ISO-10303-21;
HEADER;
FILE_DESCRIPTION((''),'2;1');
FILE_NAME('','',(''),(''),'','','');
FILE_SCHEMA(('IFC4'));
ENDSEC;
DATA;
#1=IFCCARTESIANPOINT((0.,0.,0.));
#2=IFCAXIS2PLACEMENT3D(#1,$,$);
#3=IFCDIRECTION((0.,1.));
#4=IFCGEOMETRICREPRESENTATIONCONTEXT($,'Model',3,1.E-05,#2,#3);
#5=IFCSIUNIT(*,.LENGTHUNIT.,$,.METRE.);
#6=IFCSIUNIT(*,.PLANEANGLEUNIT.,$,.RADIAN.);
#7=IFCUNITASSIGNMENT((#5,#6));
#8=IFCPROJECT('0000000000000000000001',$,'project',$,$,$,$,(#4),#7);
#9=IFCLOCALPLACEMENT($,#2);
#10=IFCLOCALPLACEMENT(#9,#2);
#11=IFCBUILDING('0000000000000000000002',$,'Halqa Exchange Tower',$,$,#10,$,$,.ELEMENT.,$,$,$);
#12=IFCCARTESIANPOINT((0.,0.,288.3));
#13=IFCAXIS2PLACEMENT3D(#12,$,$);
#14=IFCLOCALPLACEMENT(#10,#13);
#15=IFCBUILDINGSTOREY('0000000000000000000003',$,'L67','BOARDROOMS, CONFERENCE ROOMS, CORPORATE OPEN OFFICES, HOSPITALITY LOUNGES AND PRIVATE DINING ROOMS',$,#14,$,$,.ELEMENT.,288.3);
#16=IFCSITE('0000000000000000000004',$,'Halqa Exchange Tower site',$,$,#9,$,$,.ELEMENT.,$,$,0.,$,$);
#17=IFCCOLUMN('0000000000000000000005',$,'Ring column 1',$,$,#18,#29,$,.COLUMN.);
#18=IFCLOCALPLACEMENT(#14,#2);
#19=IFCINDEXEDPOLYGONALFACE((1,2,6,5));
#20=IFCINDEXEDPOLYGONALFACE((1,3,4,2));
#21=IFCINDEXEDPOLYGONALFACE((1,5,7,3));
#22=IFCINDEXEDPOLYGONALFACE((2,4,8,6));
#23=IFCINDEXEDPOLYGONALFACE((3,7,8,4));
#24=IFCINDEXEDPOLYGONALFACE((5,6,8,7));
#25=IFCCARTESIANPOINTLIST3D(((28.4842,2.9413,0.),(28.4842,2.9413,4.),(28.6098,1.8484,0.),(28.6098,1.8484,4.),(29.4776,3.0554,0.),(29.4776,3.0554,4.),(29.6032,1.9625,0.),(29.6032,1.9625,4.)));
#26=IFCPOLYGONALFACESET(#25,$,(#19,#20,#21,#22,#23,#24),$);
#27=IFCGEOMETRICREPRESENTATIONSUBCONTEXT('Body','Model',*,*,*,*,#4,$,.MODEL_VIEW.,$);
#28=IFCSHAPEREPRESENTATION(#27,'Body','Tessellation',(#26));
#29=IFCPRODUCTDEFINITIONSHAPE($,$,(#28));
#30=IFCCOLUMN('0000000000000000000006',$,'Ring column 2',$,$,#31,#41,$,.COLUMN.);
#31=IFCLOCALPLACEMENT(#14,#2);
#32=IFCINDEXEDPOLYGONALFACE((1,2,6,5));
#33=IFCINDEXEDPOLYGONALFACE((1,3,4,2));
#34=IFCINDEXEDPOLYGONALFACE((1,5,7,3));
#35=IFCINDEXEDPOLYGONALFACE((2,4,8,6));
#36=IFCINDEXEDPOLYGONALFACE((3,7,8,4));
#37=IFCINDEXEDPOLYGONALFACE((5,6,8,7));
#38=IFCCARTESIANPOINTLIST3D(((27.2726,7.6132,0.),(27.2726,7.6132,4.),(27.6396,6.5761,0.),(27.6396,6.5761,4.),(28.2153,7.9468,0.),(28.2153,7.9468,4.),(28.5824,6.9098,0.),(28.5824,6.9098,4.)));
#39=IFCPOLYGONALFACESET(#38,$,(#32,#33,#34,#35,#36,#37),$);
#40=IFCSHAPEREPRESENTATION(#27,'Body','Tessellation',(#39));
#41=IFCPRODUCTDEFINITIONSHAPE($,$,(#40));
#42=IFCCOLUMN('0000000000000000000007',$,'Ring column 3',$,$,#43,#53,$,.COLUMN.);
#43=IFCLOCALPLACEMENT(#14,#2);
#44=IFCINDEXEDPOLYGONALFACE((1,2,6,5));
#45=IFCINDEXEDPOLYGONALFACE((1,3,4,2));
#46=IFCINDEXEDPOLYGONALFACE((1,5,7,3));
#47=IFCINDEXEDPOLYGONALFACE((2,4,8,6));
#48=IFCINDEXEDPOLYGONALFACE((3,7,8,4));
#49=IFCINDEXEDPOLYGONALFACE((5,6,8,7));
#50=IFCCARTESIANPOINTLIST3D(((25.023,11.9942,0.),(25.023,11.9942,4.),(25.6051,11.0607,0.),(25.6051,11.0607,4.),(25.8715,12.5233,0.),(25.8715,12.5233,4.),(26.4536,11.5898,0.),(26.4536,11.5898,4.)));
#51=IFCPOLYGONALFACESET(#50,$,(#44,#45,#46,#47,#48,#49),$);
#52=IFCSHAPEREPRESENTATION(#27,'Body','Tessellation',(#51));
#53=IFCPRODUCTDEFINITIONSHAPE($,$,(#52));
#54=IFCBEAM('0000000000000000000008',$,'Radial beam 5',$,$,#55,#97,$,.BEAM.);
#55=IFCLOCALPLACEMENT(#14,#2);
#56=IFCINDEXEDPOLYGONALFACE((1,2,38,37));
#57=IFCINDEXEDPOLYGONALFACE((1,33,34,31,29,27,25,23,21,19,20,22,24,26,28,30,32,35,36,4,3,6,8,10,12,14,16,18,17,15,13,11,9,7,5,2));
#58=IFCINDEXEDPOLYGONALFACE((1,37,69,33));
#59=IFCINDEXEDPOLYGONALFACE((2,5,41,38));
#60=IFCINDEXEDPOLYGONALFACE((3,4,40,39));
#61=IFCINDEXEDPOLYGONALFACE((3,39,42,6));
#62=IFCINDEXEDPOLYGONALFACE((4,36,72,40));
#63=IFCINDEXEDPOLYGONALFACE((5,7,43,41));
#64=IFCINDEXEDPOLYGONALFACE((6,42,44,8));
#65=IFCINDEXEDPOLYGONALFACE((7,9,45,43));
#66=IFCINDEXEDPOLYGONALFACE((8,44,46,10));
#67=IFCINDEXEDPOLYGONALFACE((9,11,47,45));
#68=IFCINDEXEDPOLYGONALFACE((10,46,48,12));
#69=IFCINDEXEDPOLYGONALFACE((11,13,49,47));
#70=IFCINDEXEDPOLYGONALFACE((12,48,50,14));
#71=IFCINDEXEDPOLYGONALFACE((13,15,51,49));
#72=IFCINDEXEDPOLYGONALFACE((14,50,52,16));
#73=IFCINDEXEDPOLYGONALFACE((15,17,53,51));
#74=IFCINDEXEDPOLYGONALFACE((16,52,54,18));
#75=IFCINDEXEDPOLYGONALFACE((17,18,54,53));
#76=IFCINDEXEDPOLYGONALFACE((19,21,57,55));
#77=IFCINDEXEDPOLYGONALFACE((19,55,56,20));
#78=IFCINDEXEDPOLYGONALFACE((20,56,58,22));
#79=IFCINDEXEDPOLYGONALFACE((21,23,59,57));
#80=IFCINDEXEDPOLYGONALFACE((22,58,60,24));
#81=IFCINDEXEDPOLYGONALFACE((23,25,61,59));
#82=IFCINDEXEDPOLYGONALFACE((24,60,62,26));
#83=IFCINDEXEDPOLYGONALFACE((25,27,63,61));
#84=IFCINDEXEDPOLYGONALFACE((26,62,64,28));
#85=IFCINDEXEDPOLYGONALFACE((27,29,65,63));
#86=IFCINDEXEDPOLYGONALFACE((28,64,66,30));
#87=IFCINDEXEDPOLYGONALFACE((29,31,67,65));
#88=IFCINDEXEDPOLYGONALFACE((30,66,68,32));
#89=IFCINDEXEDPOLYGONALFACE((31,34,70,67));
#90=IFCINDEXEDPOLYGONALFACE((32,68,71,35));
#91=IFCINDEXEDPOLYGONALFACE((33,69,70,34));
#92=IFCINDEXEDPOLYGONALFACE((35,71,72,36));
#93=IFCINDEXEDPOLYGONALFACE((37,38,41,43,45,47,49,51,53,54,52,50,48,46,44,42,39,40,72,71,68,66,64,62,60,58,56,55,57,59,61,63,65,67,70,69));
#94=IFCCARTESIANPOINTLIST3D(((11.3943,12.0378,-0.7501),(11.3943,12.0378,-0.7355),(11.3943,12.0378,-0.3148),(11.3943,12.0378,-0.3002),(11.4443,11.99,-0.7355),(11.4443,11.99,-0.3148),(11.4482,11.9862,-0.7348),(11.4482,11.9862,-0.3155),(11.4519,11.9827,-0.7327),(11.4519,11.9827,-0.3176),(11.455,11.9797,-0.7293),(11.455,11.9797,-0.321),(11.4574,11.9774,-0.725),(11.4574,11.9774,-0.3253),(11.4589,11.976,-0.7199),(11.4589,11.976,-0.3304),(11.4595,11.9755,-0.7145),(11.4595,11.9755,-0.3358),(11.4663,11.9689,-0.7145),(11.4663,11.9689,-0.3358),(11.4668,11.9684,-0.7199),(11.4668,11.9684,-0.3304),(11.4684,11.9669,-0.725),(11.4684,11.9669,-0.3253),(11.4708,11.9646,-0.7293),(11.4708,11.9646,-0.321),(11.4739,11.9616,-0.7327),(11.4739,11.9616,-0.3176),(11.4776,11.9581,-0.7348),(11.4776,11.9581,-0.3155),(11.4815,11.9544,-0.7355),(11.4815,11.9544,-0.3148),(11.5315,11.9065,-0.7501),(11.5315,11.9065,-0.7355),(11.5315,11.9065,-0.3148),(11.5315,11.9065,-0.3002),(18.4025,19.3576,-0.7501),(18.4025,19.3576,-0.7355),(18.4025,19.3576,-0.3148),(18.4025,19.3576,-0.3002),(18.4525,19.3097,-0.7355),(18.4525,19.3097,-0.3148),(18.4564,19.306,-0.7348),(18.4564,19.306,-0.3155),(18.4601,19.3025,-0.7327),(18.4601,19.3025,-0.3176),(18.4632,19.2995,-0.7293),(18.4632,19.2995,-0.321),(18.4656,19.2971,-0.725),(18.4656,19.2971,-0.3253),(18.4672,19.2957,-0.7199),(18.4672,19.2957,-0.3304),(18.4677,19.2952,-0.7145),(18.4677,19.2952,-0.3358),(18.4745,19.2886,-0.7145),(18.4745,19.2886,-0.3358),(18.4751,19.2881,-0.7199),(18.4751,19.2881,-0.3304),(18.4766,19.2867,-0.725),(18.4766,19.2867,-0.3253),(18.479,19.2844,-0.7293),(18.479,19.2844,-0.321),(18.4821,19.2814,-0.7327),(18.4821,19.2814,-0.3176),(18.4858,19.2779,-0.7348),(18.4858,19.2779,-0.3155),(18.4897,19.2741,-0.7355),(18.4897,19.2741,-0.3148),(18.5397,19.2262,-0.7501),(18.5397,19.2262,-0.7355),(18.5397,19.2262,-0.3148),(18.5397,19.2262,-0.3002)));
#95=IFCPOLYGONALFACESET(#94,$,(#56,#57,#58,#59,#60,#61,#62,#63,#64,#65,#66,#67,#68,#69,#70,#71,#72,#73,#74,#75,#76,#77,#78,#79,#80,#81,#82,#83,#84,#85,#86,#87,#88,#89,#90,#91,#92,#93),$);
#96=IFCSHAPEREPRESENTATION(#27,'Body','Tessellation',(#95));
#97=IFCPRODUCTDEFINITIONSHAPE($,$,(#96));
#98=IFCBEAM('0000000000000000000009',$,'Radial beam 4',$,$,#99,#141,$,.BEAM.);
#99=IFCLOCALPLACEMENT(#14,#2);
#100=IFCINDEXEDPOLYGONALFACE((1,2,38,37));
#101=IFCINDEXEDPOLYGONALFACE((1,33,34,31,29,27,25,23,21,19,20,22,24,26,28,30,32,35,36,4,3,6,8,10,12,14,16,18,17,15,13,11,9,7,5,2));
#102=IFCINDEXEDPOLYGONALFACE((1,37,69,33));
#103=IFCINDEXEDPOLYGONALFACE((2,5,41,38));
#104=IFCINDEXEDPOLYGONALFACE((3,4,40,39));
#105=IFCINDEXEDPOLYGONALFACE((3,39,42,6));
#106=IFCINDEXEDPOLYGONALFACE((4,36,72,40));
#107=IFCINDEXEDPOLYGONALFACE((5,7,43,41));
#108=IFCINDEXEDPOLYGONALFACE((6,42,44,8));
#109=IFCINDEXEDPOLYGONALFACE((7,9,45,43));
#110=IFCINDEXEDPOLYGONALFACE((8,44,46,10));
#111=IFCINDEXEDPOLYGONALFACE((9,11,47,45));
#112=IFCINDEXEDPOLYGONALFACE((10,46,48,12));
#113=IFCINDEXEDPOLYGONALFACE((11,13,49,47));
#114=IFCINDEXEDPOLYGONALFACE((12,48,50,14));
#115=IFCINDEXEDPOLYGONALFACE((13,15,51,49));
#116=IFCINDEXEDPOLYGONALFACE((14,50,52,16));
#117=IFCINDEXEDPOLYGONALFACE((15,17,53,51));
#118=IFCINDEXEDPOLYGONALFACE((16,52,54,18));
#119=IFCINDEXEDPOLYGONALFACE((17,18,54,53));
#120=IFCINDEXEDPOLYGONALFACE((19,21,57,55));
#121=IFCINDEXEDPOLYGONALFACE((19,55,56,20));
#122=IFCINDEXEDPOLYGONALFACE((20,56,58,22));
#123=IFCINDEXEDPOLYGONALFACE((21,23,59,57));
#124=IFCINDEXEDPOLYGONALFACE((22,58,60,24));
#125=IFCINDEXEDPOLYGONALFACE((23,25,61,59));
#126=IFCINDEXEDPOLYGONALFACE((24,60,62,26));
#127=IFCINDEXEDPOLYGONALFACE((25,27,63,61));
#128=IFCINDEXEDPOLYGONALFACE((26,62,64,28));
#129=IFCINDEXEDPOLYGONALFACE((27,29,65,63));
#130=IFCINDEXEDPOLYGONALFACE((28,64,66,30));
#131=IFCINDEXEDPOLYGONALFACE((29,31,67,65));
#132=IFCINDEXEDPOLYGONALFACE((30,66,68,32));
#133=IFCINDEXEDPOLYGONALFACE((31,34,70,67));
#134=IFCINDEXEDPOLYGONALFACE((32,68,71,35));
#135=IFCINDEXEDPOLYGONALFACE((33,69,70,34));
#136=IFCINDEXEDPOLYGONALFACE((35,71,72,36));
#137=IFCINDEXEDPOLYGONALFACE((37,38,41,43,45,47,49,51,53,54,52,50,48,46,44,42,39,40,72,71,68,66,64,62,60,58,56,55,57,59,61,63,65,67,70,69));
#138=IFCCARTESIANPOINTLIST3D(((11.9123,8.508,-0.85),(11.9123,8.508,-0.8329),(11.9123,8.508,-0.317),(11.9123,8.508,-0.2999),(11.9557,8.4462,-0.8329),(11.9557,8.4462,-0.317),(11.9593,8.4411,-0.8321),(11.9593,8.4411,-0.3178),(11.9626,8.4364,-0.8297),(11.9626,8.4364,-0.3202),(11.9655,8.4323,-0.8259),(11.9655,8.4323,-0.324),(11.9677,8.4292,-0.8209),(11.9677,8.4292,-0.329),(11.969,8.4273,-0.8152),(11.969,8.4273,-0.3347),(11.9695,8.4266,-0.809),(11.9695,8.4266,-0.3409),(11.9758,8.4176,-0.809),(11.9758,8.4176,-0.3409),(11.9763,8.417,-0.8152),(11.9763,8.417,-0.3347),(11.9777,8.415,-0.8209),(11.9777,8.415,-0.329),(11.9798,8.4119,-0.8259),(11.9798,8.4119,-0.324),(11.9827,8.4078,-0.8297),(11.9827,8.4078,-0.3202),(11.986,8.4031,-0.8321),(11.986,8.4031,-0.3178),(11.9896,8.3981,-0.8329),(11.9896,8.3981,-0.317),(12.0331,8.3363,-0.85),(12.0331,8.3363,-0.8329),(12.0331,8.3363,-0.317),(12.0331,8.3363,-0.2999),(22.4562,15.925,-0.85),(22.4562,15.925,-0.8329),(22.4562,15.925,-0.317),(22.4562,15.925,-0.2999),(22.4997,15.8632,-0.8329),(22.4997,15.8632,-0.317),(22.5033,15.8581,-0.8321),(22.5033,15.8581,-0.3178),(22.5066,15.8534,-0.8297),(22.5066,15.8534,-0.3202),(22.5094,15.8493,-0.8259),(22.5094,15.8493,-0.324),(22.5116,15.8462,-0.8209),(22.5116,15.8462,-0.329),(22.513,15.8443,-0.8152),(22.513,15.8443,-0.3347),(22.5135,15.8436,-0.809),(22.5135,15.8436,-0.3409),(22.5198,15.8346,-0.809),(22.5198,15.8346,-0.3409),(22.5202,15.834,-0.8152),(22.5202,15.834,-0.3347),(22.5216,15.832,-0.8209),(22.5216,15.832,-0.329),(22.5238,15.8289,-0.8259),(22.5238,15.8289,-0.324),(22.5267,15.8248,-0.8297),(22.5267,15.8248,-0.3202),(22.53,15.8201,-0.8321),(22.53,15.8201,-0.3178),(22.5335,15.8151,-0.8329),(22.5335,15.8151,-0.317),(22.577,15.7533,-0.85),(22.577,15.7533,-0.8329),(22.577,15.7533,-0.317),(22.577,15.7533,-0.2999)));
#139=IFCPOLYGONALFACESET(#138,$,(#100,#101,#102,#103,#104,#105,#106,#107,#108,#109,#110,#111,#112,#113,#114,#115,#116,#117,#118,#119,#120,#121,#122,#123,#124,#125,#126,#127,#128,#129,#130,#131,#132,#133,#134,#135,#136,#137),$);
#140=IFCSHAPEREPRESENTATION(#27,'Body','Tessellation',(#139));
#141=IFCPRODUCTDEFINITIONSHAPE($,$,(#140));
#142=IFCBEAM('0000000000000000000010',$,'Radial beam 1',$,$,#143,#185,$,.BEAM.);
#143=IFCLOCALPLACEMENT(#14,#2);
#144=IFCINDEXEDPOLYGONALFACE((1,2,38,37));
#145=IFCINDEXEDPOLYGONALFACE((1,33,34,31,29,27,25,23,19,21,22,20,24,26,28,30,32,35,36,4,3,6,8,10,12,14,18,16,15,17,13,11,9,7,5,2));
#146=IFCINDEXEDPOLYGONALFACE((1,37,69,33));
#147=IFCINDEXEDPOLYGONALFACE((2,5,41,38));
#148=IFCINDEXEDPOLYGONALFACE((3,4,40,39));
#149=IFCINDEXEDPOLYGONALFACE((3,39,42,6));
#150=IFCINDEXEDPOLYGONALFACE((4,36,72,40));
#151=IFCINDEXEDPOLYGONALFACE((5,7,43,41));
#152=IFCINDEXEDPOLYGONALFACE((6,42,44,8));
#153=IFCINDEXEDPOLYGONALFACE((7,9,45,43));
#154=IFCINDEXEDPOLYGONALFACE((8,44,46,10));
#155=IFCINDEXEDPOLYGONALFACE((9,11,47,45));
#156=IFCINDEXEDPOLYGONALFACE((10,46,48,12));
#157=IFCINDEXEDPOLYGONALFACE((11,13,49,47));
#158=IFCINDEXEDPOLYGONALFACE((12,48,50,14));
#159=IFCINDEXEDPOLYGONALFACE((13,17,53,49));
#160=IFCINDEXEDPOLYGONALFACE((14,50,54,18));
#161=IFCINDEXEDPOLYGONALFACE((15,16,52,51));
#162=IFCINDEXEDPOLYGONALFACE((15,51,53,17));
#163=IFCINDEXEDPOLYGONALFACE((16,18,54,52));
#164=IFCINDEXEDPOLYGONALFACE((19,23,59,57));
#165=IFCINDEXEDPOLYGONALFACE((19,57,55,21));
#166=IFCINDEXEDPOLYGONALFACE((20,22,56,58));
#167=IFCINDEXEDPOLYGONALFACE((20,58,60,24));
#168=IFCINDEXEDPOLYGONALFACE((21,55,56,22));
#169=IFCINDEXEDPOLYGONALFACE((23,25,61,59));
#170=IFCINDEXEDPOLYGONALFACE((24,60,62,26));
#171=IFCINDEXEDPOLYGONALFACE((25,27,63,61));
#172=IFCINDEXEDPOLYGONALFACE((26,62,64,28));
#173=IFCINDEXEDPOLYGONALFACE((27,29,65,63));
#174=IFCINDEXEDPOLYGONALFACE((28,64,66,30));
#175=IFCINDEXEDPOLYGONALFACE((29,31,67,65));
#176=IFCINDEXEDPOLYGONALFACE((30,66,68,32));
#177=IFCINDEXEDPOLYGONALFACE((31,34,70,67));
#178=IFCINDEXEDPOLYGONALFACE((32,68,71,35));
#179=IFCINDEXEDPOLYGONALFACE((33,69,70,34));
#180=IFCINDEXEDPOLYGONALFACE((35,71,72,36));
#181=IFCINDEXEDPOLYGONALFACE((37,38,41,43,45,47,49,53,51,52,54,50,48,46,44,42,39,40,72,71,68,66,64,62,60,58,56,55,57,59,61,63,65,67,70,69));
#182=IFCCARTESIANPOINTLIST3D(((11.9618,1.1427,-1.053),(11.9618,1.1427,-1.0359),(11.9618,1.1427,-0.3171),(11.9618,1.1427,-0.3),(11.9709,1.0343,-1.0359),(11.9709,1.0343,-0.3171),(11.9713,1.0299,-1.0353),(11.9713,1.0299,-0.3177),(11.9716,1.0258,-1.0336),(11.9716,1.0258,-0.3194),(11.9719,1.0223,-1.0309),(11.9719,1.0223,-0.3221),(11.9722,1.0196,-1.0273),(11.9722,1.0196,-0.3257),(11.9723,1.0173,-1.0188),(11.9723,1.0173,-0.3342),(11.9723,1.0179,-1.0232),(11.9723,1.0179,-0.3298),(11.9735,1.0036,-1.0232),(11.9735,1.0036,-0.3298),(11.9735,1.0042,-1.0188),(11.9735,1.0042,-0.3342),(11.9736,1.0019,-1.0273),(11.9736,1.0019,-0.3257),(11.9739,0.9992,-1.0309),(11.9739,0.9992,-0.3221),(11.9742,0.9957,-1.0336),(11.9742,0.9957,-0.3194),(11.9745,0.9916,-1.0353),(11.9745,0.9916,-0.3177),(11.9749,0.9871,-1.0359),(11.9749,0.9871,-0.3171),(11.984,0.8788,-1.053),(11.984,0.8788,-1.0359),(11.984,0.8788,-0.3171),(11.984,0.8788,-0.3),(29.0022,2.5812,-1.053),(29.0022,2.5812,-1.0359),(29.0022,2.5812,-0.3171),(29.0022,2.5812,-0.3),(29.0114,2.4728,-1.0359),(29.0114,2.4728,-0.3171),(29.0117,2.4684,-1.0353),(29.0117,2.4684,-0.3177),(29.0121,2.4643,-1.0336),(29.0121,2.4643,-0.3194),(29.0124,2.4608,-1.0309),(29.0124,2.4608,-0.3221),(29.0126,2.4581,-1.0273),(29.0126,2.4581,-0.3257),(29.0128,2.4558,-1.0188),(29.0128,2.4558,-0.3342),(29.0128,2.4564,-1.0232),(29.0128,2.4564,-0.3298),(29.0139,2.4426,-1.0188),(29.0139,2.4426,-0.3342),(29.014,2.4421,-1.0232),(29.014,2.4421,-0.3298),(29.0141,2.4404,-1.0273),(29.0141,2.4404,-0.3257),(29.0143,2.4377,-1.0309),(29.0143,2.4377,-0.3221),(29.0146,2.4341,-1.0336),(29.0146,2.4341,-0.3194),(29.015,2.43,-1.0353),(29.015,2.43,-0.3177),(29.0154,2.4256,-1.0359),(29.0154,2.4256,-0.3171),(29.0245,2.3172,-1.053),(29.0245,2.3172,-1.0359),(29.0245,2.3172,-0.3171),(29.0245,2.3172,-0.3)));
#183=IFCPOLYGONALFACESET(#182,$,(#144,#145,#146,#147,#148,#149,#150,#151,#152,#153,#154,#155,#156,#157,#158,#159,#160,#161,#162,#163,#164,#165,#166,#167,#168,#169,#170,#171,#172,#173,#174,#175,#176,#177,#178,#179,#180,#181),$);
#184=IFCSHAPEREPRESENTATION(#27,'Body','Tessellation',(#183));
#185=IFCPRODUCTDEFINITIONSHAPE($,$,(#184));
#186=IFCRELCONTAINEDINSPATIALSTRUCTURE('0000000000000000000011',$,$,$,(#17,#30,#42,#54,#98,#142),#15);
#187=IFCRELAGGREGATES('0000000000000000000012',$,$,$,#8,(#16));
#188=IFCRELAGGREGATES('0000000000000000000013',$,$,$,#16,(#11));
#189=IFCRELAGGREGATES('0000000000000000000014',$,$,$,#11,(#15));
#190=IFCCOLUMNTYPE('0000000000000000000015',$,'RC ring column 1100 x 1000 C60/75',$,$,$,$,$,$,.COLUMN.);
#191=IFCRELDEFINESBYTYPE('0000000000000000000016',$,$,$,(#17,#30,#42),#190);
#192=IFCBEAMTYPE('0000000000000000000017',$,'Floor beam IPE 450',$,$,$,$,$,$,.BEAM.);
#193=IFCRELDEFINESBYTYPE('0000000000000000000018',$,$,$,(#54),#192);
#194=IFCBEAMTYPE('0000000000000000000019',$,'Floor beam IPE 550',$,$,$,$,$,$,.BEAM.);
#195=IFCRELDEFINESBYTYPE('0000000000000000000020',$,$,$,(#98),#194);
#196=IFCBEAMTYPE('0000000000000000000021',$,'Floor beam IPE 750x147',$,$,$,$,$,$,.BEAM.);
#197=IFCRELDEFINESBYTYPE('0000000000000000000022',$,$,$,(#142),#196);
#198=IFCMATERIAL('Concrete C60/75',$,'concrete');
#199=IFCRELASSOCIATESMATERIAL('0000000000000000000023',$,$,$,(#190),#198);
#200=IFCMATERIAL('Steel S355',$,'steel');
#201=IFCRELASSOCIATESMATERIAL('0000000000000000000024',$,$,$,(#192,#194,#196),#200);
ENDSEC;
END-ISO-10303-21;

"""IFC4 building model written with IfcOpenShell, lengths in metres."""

from ifc_helpers import new_model, si_unit, direction, frame, origin, origin_2d, place, context, subcontext, project, spatial, rectangle, i_section, extrude, material, material_profile, profile_set, type_object, element, save


model = new_model("IFC4")

# Units and contexts
model_context = context("Model", 3, precision=1e-05, world=origin(), true_north=direction((0.0, 1.0)))
body_context = subcontext(model_context, "Body", "Model", "MODEL_VIEW")
ifc_project = project(units=[si_unit("LENGTHUNIT", "METRE"), si_unit("PLANEANGLEUNIT", "RADIAN")], contexts=[model_context])

# Site, building, storey
site_placement = place(None, origin())
site = spatial("IfcSite", under=ifc_project, at=site_placement, Name="Halqa Exchange Tower site", CompositionType="ELEMENT", RefElevation=0.0)
building_placement = place(site_placement, origin())
building = spatial("IfcBuilding", under=site, at=building_placement, Name="Halqa Exchange Tower", CompositionType="ELEMENT")
storey_placement = place(building_placement, frame((0.0, 0.0, 288.3)))
storey = spatial("IfcBuildingStorey", under=building, at=storey_placement, Name="L67", Description="BOARDROOMS, CONFERENCE ROOMS, CORPORATE OPEN OFFICES, HOSPITALITY LOUNGES AND PRIVATE DINING ROOMS", CompositionType="ELEMENT", Elevation=288.3)

# Columns
ifc_material_1 = material(Name="Concrete C60/75", Category="concrete")
ifc_material_profile_1 = material_profile(ifc_material_1, rectangle(XDim=1.1001, YDim=1.0, at=origin_2d()), Name="1100 x 1000")
ifc_profile_set_1 = profile_set([ifc_material_profile_1], Name="Concrete C60/75")
column_type = type_object("IfcColumnType", Name="RC ring column 1100 x 1000 C60/75", PredefinedType="COLUMN", material=ifc_profile_set_1)
for number, where, z_axis, x_axis, name in (
    (1, (29.0437, 2.4519, 0.0), (0.0, 0.0, 1.0), (-0.114162, 0.993462, 0.0), "Ring column 1"),
    (2, (27.9275, 7.2615, 0.0), (0.0, 0.0, 1.0), (-0.333628, 0.942705, 0.0), "Ring column 2"),
    (3, (25.7383, 11.792, 0.0), (0.0, 0.0, 1.0), (-0.529142, 0.848533, 0.0), "Ring column 3"),
):
    element("IfcColumn", number, at=place(storey_placement, frame(where, z_axis=z_axis, x_axis=x_axis)), inside=storey, type_object=column_type, Name=name, PredefinedType="COLUMN", context=body_context, shape_type="SweptSolid", body=[
        extrude(rectangle(XDim=1.1001, YDim=1.0, at=origin_2d()), origin(), (0.0, 0.0, 1.0), 4.0),
    ])

# Beams
ifc_material_2 = material(Name="Steel S355", Category="steel")
ifc_material_profile_2 = material_profile(ifc_material_2, i_section(OverallWidth=0.1899, OverallDepth=0.45, WebThickness=0.0095, FlangeThickness=0.0146, FilletRadius=0.021, at=origin_2d()), Name="IPE 450")
ifc_profile_set_2 = profile_set([ifc_material_profile_2], Name="Steel S355")
beam_type_1 = type_object("IfcBeamType", Name="Floor beam IPE 450", PredefinedType="BEAM", material=ifc_profile_set_2)
beam_1_placement = place(storey_placement, frame((11.4629, 11.9722, -0.5251), z_axis=(0.691569, 0.72231, 0.0), x_axis=(-0.72231, 0.691569, 0.0)))
element("IfcBeam", 4, at=beam_1_placement, inside=storey, type_object=beam_type_1, Name="Radial beam 5", PredefinedType="BEAM", context=body_context, shape_type="SweptSolid", body=[
    extrude(i_section(OverallWidth=0.1899, OverallDepth=0.45, WebThickness=0.0095, FlangeThickness=0.0146, FilletRadius=0.021, at=origin_2d()), origin(), (0.0, 0.0, 1.0), 10.1338),
])
ifc_material_profile_3 = material_profile(ifc_material_2, i_section(OverallWidth=0.21, OverallDepth=0.55, WebThickness=0.011, FlangeThickness=0.0171, FilletRadius=0.0239, at=origin_2d()), Name="IPE 550")
ifc_profile_set_3 = profile_set([ifc_material_profile_3], Name="Steel S355")
beam_type_2 = type_object("IfcBeamType", Name="Floor beam IPE 550", PredefinedType="BEAM", material=ifc_profile_set_3)
beam_2_placement = place(storey_placement, frame((11.9727, 8.4221, -0.575), z_axis=(0.817909, 0.575347, 0.0), x_axis=(-0.575347, 0.817909, 0.0)))
element("IfcBeam", 5, at=beam_2_placement, inside=storey, type_object=beam_type_2, Name="Radial beam 4", PredefinedType="BEAM", context=body_context, shape_type="SweptSolid", body=[
    extrude(i_section(OverallWidth=0.21, OverallDepth=0.55, WebThickness=0.011, FlangeThickness=0.0171, FilletRadius=0.0239, at=origin_2d()), origin(), (0.0, 0.0, 1.0), 12.8914),
])
ifc_material_profile_4 = material_profile(ifc_material_2, i_section(OverallWidth=0.2649, OverallDepth=0.7529, WebThickness=0.0132, FlangeThickness=0.0171, FilletRadius=0.0171, at=origin_2d()), Name="IPE 750x147")
ifc_profile_set_4 = profile_set([ifc_material_profile_4], Name="Steel S355")
beam_type_3 = type_object("IfcBeamType", Name="Floor beam IPE 750x147", PredefinedType="BEAM", material=ifc_profile_set_4)
beam_3_placement = place(storey_placement, frame((11.9729, 1.0107, -0.6765), z_axis=(0.996456, 0.084116, 0.0), x_axis=(-0.084116, 0.996456, 0.0)))
element("IfcBeam", 6, at=beam_3_placement, inside=storey, type_object=beam_type_3, Name="Radial beam 1", PredefinedType="BEAM", context=body_context, shape_type="SweptSolid", body=[
    extrude(i_section(OverallWidth=0.2649, OverallDepth=0.7529, WebThickness=0.0132, FlangeThickness=0.0171, FilletRadius=0.0171, at=origin_2d()), origin(), (0.0, 0.0, 1.0), 17.1011),
])

save(model, "model.ifc")
